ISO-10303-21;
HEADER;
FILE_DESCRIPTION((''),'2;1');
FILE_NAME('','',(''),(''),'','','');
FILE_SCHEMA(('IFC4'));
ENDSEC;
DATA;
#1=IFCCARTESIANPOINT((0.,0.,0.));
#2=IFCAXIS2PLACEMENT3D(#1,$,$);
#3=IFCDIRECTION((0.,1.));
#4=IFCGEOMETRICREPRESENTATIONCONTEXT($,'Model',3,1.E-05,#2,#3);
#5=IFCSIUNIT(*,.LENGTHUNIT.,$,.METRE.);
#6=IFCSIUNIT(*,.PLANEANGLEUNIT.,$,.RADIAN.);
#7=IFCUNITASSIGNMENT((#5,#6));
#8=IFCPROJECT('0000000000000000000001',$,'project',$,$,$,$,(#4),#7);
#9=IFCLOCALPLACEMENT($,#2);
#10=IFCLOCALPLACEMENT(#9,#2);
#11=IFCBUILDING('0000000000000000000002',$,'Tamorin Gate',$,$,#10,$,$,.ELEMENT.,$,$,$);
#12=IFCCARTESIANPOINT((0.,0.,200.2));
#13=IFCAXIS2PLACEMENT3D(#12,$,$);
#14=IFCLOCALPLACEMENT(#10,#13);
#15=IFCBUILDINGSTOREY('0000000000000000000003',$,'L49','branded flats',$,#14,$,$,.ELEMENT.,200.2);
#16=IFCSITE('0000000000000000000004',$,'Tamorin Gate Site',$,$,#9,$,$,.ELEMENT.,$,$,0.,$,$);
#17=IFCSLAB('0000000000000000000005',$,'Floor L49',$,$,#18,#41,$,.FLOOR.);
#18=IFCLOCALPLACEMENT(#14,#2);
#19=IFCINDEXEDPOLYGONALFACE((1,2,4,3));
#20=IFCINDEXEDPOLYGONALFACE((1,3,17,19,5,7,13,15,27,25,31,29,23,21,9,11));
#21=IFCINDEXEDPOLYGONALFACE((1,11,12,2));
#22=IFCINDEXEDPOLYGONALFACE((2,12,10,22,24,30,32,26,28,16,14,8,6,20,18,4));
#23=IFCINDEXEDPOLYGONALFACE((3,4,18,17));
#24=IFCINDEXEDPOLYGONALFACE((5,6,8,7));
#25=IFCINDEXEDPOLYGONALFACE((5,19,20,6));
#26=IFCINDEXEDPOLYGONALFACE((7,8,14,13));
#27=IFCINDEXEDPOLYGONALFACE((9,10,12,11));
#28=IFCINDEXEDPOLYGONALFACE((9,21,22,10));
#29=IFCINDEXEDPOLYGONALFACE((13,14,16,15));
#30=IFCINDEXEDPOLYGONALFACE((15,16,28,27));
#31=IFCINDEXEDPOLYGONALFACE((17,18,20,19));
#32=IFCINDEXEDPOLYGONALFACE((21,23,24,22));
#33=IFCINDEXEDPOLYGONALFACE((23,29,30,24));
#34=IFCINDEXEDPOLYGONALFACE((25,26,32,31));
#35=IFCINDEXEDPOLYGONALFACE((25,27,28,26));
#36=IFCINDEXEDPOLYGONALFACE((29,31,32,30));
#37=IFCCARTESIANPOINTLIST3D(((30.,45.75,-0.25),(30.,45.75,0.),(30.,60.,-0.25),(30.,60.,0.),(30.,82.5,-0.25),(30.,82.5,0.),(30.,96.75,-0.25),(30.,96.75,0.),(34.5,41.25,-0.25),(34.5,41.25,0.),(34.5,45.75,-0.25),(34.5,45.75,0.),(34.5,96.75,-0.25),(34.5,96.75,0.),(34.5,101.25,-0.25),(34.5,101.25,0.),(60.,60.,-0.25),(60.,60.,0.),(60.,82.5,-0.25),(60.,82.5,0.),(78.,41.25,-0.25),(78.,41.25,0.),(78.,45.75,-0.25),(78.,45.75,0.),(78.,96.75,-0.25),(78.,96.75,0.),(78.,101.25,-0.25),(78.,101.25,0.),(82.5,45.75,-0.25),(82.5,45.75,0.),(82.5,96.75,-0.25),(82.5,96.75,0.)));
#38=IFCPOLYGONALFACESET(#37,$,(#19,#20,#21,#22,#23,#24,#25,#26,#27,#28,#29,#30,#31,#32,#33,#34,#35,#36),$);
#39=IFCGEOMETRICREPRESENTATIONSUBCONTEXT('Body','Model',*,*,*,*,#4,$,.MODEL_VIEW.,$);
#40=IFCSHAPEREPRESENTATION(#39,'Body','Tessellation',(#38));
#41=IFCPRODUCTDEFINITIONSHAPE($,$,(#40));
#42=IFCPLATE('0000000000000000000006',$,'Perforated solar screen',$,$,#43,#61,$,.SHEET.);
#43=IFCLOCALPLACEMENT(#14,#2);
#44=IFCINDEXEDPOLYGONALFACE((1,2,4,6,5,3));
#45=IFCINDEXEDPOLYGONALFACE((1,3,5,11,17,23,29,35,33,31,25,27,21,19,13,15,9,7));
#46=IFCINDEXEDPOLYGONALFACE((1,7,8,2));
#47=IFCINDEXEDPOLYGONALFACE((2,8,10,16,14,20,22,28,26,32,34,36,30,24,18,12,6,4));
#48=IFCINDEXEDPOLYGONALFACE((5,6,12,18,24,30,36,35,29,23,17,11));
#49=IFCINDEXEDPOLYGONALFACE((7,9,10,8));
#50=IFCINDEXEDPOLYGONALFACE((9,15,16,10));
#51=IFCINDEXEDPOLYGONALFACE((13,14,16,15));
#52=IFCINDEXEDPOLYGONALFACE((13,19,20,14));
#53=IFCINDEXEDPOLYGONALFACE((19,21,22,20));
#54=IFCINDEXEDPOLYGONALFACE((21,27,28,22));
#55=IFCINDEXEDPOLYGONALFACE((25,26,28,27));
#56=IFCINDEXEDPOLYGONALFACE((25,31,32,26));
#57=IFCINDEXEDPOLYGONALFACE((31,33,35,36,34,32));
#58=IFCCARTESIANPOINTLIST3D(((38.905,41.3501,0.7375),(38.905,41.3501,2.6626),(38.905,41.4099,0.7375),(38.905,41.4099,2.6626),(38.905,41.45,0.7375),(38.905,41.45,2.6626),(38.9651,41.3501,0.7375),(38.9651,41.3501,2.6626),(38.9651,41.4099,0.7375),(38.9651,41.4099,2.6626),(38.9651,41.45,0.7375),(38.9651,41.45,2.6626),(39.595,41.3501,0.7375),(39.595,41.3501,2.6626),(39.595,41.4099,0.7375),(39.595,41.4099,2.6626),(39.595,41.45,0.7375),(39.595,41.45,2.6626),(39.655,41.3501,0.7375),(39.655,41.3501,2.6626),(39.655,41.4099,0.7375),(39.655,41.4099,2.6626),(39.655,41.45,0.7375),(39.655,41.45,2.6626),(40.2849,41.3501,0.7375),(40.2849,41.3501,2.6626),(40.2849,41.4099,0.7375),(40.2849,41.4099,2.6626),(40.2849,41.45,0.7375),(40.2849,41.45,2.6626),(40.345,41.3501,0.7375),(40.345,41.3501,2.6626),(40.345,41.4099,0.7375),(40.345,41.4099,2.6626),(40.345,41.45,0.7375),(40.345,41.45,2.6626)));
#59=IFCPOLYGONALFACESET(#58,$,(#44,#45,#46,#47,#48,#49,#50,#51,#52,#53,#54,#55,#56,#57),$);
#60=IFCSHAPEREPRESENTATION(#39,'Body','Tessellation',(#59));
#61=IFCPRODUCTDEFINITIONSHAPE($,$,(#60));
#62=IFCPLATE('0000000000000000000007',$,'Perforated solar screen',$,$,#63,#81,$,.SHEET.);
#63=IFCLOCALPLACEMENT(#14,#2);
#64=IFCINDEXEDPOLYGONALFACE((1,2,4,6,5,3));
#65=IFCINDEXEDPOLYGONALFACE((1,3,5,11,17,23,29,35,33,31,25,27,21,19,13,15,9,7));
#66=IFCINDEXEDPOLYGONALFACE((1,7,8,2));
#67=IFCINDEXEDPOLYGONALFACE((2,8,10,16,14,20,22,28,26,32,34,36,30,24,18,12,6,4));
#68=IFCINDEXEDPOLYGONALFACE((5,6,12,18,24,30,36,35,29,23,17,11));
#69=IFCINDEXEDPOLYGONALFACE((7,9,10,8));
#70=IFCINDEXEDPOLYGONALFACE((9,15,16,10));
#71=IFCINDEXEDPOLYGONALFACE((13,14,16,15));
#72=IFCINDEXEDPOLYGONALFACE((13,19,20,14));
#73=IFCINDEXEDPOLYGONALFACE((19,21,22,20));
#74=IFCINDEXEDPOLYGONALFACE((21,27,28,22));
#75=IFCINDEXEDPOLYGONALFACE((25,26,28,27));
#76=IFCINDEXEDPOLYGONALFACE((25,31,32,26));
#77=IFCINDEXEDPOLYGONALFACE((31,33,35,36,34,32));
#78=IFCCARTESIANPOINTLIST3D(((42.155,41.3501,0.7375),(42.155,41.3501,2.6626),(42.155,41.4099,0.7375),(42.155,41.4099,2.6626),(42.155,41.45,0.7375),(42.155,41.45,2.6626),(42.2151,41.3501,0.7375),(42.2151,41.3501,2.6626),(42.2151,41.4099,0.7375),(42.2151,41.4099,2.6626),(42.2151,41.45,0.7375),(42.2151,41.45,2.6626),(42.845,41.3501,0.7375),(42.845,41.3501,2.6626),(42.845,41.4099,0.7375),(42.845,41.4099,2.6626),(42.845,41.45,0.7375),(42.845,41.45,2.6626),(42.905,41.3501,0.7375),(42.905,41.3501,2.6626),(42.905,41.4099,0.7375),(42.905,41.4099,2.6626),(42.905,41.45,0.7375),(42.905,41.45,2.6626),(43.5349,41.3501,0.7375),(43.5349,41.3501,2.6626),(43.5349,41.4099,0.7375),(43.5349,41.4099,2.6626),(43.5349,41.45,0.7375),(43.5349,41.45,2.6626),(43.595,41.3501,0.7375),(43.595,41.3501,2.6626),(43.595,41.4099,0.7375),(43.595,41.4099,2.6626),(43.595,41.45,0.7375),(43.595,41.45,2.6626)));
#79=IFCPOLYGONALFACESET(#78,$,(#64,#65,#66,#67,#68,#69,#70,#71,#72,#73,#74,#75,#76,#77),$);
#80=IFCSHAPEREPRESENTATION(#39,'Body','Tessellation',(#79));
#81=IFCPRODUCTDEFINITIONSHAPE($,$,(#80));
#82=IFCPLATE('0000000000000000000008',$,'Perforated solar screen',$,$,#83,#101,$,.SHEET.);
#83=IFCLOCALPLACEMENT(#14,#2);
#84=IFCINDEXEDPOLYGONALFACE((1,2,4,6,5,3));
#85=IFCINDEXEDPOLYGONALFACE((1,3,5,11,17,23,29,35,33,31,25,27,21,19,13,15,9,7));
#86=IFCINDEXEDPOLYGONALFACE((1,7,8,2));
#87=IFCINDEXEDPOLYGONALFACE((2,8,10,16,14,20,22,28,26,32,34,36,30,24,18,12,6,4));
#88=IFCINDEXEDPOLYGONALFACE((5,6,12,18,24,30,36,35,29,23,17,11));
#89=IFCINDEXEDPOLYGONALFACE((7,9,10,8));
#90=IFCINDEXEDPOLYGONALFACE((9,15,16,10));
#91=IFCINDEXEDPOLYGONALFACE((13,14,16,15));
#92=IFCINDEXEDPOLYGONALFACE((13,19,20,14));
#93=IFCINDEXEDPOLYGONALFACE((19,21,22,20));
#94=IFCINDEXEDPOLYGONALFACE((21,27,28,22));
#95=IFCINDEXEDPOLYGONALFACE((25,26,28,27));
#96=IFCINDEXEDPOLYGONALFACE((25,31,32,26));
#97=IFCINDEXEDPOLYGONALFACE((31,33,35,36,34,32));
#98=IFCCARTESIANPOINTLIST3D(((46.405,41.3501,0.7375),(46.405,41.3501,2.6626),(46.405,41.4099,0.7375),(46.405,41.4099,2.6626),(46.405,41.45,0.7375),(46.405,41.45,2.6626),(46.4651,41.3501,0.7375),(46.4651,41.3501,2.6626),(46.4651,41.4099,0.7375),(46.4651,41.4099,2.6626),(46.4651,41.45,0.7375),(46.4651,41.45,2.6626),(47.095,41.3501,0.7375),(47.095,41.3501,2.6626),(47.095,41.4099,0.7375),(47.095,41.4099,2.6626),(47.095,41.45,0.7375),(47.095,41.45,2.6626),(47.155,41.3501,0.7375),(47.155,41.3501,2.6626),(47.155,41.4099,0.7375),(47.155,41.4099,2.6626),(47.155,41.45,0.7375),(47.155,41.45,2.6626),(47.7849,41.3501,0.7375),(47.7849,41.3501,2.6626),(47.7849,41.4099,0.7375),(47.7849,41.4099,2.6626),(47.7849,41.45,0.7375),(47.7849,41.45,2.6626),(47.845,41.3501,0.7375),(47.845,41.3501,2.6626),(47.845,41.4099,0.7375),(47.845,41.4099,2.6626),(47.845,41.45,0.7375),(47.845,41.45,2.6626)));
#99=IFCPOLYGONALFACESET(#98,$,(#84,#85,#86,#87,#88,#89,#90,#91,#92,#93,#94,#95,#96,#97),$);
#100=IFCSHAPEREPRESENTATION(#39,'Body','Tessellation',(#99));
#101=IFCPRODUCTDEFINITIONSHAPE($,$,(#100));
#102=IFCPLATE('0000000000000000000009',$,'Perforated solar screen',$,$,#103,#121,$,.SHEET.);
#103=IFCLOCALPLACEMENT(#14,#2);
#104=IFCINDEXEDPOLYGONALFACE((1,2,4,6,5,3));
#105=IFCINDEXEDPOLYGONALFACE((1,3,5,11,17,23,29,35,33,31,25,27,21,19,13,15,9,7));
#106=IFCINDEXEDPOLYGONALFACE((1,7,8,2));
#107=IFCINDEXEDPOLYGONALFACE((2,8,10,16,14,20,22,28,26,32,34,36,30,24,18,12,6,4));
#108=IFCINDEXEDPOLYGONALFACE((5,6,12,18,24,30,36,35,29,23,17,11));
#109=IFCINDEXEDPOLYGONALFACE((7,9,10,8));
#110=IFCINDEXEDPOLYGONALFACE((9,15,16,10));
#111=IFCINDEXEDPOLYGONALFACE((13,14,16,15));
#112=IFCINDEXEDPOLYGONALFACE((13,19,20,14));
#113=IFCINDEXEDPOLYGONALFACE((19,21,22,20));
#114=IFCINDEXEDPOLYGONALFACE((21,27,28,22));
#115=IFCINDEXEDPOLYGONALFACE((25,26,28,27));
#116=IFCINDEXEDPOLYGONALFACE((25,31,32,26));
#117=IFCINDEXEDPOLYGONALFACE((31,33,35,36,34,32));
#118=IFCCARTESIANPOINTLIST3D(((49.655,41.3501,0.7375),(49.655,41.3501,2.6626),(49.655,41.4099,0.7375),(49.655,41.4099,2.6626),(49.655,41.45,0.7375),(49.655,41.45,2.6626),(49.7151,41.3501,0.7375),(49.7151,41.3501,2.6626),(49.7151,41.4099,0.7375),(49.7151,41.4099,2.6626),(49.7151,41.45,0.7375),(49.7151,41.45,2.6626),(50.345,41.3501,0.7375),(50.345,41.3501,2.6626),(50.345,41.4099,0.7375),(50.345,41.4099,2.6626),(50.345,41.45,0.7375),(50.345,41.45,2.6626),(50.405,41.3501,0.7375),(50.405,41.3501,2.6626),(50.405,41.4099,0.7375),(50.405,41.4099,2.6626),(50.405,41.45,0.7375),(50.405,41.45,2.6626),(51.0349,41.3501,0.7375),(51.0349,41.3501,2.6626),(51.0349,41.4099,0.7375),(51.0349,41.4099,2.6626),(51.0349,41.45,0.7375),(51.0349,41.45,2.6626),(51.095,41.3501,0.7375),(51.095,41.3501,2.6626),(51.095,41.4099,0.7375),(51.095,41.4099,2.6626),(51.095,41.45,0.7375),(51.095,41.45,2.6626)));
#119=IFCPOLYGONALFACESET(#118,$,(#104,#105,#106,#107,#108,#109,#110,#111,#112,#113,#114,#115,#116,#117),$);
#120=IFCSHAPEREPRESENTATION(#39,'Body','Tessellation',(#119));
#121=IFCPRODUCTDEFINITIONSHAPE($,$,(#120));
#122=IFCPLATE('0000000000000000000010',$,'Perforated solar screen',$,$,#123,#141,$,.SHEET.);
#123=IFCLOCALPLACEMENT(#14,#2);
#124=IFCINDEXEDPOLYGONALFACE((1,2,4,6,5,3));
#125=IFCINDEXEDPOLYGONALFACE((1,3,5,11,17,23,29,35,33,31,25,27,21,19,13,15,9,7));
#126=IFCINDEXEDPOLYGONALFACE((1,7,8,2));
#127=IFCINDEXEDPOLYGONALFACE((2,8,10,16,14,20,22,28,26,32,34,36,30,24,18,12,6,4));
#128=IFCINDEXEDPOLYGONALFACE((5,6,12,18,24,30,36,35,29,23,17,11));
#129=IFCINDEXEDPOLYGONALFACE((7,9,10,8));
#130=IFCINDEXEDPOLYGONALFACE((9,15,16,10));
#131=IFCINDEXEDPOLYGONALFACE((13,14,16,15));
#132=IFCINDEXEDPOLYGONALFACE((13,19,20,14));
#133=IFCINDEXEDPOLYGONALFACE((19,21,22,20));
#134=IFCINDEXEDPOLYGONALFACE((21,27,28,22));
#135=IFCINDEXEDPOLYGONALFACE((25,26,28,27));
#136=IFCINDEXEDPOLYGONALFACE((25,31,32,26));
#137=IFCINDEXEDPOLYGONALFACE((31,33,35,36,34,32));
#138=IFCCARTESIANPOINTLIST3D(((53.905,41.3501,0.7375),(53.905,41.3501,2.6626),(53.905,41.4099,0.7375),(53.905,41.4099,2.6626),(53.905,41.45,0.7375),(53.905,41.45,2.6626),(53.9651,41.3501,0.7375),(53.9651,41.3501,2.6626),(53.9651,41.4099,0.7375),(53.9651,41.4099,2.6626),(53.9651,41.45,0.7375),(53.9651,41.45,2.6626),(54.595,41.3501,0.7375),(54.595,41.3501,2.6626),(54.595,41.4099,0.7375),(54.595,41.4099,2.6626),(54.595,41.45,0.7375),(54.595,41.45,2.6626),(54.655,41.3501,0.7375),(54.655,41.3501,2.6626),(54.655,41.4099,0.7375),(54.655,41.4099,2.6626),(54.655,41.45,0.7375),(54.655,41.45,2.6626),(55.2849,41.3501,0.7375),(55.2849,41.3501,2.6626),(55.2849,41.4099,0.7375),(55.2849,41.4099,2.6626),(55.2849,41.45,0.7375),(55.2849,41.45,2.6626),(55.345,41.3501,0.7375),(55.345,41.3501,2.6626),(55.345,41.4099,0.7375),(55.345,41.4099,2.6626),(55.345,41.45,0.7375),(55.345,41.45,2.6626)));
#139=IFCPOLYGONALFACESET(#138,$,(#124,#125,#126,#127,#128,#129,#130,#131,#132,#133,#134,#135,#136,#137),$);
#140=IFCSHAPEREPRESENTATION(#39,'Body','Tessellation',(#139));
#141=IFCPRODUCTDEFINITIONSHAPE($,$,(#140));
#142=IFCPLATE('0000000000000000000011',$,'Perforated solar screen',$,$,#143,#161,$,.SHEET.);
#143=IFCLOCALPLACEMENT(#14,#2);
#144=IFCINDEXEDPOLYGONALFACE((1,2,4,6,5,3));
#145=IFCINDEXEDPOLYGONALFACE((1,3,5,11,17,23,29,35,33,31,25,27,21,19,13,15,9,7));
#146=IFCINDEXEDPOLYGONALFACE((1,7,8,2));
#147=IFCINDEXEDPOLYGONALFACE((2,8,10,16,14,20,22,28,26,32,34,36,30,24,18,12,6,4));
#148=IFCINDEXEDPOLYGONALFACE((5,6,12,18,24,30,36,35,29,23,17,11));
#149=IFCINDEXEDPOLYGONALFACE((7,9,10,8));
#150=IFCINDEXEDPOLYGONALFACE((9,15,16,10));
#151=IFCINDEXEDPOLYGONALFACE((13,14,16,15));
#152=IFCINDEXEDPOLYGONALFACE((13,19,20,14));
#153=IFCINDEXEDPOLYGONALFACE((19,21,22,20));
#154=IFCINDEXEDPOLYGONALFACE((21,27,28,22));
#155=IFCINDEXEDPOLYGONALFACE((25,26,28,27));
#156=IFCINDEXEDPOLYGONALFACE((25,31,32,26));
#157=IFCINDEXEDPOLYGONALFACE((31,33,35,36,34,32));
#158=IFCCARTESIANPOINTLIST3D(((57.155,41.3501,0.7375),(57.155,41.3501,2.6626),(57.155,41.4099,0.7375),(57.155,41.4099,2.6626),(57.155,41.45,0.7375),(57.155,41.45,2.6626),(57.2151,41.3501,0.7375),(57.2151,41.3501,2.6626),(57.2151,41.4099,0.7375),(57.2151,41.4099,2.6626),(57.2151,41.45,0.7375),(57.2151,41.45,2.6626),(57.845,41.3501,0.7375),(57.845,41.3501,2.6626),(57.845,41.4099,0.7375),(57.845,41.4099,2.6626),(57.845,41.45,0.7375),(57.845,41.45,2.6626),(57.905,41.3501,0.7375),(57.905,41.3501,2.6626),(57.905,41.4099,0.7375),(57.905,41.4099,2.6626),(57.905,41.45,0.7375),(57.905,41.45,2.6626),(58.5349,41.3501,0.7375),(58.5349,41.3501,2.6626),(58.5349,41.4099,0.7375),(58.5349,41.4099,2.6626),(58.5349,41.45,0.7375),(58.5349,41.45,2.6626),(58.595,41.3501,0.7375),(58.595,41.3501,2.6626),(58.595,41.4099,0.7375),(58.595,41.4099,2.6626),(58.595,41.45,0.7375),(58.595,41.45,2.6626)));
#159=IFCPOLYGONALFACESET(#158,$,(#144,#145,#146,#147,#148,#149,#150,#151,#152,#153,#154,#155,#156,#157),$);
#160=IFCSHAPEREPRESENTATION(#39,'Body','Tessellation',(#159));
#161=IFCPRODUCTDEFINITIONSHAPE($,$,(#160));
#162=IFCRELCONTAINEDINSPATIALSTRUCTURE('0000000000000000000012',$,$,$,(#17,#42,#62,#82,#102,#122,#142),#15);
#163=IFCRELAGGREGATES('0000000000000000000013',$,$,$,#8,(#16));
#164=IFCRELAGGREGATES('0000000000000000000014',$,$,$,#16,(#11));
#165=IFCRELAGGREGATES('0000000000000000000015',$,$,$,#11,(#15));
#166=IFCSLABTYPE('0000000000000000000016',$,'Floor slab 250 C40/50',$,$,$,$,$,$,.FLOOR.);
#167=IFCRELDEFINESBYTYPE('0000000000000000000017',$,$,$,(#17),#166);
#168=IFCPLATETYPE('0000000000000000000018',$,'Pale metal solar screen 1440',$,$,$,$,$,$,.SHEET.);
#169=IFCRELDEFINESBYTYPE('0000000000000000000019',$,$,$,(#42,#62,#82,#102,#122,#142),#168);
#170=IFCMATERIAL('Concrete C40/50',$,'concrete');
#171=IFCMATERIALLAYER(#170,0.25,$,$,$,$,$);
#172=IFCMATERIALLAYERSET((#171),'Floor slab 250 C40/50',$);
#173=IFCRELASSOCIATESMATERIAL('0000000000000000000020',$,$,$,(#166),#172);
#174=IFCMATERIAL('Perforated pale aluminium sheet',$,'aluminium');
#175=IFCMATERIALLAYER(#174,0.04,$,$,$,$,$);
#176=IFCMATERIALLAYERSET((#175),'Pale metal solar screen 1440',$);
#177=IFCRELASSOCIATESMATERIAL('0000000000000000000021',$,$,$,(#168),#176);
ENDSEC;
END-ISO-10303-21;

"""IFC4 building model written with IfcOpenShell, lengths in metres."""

from ifc_helpers import new_model, si_unit, direction, frame, origin, place, context, subcontext, project, spatial, polyline, outline, extrude, material, layer, layer_set, type_object, element, save


model = new_model("IFC4")

# Units and contexts
model_context = context("Model", 3, precision=1e-05, world=origin(), true_north=direction((0.0, 1.0)))
body_context = subcontext(model_context, "Body", "Model", "MODEL_VIEW")
ifc_project = project(units=[si_unit("LENGTHUNIT", "METRE"), si_unit("PLANEANGLEUNIT", "RADIAN")], contexts=[model_context])

# Site, building, storey
site_placement = place(None, origin())
site = spatial("IfcSite", under=ifc_project, at=site_placement, Name="Tamorin Gate Site", CompositionType="ELEMENT", RefElevation=0.0)
building_placement = place(site_placement, origin())
building = spatial("IfcBuilding", under=site, at=building_placement, Name="Tamorin Gate", CompositionType="ELEMENT")
storey_placement = place(building_placement, frame((0.0, 0.0, 200.2)))
storey = spatial("IfcBuildingStorey", under=building, at=storey_placement, Name="L49", Description="branded flats", CompositionType="ELEMENT", Elevation=200.2)

# Slab
ifc_material_1 = material(Name="Concrete C40/50", Category="concrete")
ifc_layer_1 = layer(ifc_material_1, 0.25)
ifc_layer_set_1 = layer_set([ifc_layer_1], Name="Floor slab 250 C40/50")
slab_type = type_object("IfcSlabType", Name="Floor slab 250 C40/50", PredefinedType="FLOOR", material=ifc_layer_set_1)
slab_placement = place(storey_placement, frame((0.0, 0.0, -0.25)))
element("IfcSlab", 1, at=slab_placement, inside=storey, type_object=slab_type, Name="Floor L49", PredefinedType="FLOOR", context=body_context, shape_type="SweptSolid", body=[
    extrude(outline(polyline([(30.0, 96.75), (34.5, 96.75), (34.5, 101.25), (78.0, 101.25), (78.0, 96.75), (82.5, 96.75), (82.5, 45.75), (78.0, 45.75), (78.0, 41.25), (34.5, 41.25), (34.5, 45.75), (30.0, 45.75), (30.0, 60.0), (60.0, 60.0), (60.0, 82.5), (30.0, 82.5), (30.0, 96.75)])), origin(), (0.0, 0.0, 1.0), 0.25),
])

# Plates
ifc_material_2 = material(Name="Perforated pale aluminium sheet", Category="aluminium")
ifc_layer_2 = layer(ifc_material_2, 0.04)
ifc_layer_set_2 = layer_set([ifc_layer_2], Name="Pale metal solar screen 1440")
plate_type_1 = type_object("IfcPlateType", Name="Pale metal solar screen 1440", PredefinedType="SHEET", material=ifc_layer_set_2)
plate_1_placement = place(storey_placement, frame((0.0, 0.0, 0.7375)))
element("IfcPlate", 2, at=plate_1_placement, inside=storey, type_object=plate_type_1, Name="Perforated solar screen", PredefinedType="SHEET", context=body_context, shape_type="SweptSolid", body=[
    extrude(outline(polyline([(38.905, 41.4099), (38.905, 41.45), (38.9651, 41.45), (39.595, 41.45), (39.655, 41.45), (40.2849, 41.45), (40.345, 41.45), (40.345, 41.45), (40.345, 41.4099), (40.345, 41.4099), (40.345, 41.3501), (40.2849, 41.3501), (40.2849, 41.4099), (39.655, 41.4099), (39.655, 41.3501), (39.595, 41.3501), (39.595, 41.4099), (38.9651, 41.4099), (38.9651, 41.3501), (38.905, 41.3501), (38.905, 41.4099)])), origin(), (0.0, 0.0, 1.0), 1.925),
])
plate_2_placement = place(storey_placement, frame((0.0, 0.0, 0.7375)))
element("IfcPlate", 3, at=plate_2_placement, inside=storey, type_object=plate_type_1, Name="Perforated solar screen", PredefinedType="SHEET", context=body_context, shape_type="SweptSolid", body=[
    extrude(outline(polyline([(42.155, 41.4099), (42.155, 41.45), (42.2151, 41.45), (42.845, 41.45), (42.905, 41.45), (43.5349, 41.45), (43.595, 41.45), (43.595, 41.4099), (43.595, 41.3501), (43.5349, 41.3501), (43.5349, 41.4099), (42.905, 41.4099), (42.905, 41.3501), (42.845, 41.3501), (42.845, 41.4099), (42.2151, 41.4099), (42.2151, 41.3501), (42.155, 41.3501), (42.155, 41.4099)])), origin(), (0.0, 0.0, 1.0), 1.925),
])
plate_3_placement = place(storey_placement, frame((0.0, 0.0, 0.7375)))
element("IfcPlate", 4, at=plate_3_placement, inside=storey, type_object=plate_type_1, Name="Perforated solar screen", PredefinedType="SHEET", context=body_context, shape_type="SweptSolid", body=[
    extrude(outline(polyline([(46.405, 41.4099), (46.405, 41.45), (46.4651, 41.45), (47.095, 41.45), (47.155, 41.45), (47.7849, 41.45), (47.845, 41.45), (47.845, 41.4099), (47.845, 41.3501), (47.7849, 41.3501), (47.7849, 41.4099), (47.155, 41.4099), (47.155, 41.3501), (47.095, 41.3501), (47.095, 41.4099), (46.4651, 41.4099), (46.4651, 41.3501), (46.405, 41.3501), (46.405, 41.4099)])), origin(), (0.0, 0.0, 1.0), 1.925),
])
plate_4_placement = place(storey_placement, frame((0.0, 0.0, 0.7375)))
element("IfcPlate", 5, at=plate_4_placement, inside=storey, type_object=plate_type_1, Name="Perforated solar screen", PredefinedType="SHEET", context=body_context, shape_type="SweptSolid", body=[
    extrude(outline(polyline([(49.655, 41.4099), (49.655, 41.45), (49.7151, 41.45), (50.345, 41.45), (50.405, 41.45), (51.0349, 41.45), (51.095, 41.45), (51.095, 41.4099), (51.095, 41.3501), (51.0349, 41.3501), (51.0349, 41.4099), (50.405, 41.4099), (50.405, 41.3501), (50.345, 41.3501), (50.345, 41.4099), (49.7151, 41.4099), (49.7151, 41.3501), (49.655, 41.3501), (49.655, 41.4099)])), origin(), (0.0, 0.0, 1.0), 1.925),
])
plate_5_placement = place(storey_placement, frame((0.0, 0.0, 0.7375)))
element("IfcPlate", 6, at=plate_5_placement, inside=storey, type_object=plate_type_1, Name="Perforated solar screen", PredefinedType="SHEET", context=body_context, shape_type="SweptSolid", body=[
    extrude(outline(polyline([(53.905, 41.4099), (53.905, 41.45), (53.9651, 41.45), (54.595, 41.45), (54.655, 41.45), (55.2849, 41.45), (55.345, 41.45), (55.345, 41.4099), (55.345, 41.3501), (55.2849, 41.3501), (55.2849, 41.4099), (54.655, 41.4099), (54.655, 41.3501), (54.595, 41.3501), (54.595, 41.4099), (53.9651, 41.4099), (53.9651, 41.3501), (53.905, 41.3501), (53.905, 41.4099)])), origin(), (0.0, 0.0, 1.0), 1.925),
])
plate_6_placement = place(storey_placement, frame((0.0, 0.0, 0.7375)))
element("IfcPlate", 7, at=plate_6_placement, inside=storey, type_object=plate_type_1, Name="Perforated solar screen", PredefinedType="SHEET", context=body_context, shape_type="SweptSolid", body=[
    extrude(outline(polyline([(57.155, 41.4099), (57.155, 41.45), (57.2151, 41.45), (57.845, 41.45), (57.905, 41.45), (58.5349, 41.45), (58.595, 41.45), (58.595, 41.4099), (58.595, 41.3501), (58.5349, 41.3501), (58.5349, 41.4099), (57.905, 41.4099), (57.905, 41.3501), (57.845, 41.3501), (57.845, 41.4099), (57.2151, 41.4099), (57.2151, 41.3501), (57.155, 41.3501), (57.155, 41.4099)])), origin(), (0.0, 0.0, 1.0), 1.925),
])

save(model, "model.ifc")
